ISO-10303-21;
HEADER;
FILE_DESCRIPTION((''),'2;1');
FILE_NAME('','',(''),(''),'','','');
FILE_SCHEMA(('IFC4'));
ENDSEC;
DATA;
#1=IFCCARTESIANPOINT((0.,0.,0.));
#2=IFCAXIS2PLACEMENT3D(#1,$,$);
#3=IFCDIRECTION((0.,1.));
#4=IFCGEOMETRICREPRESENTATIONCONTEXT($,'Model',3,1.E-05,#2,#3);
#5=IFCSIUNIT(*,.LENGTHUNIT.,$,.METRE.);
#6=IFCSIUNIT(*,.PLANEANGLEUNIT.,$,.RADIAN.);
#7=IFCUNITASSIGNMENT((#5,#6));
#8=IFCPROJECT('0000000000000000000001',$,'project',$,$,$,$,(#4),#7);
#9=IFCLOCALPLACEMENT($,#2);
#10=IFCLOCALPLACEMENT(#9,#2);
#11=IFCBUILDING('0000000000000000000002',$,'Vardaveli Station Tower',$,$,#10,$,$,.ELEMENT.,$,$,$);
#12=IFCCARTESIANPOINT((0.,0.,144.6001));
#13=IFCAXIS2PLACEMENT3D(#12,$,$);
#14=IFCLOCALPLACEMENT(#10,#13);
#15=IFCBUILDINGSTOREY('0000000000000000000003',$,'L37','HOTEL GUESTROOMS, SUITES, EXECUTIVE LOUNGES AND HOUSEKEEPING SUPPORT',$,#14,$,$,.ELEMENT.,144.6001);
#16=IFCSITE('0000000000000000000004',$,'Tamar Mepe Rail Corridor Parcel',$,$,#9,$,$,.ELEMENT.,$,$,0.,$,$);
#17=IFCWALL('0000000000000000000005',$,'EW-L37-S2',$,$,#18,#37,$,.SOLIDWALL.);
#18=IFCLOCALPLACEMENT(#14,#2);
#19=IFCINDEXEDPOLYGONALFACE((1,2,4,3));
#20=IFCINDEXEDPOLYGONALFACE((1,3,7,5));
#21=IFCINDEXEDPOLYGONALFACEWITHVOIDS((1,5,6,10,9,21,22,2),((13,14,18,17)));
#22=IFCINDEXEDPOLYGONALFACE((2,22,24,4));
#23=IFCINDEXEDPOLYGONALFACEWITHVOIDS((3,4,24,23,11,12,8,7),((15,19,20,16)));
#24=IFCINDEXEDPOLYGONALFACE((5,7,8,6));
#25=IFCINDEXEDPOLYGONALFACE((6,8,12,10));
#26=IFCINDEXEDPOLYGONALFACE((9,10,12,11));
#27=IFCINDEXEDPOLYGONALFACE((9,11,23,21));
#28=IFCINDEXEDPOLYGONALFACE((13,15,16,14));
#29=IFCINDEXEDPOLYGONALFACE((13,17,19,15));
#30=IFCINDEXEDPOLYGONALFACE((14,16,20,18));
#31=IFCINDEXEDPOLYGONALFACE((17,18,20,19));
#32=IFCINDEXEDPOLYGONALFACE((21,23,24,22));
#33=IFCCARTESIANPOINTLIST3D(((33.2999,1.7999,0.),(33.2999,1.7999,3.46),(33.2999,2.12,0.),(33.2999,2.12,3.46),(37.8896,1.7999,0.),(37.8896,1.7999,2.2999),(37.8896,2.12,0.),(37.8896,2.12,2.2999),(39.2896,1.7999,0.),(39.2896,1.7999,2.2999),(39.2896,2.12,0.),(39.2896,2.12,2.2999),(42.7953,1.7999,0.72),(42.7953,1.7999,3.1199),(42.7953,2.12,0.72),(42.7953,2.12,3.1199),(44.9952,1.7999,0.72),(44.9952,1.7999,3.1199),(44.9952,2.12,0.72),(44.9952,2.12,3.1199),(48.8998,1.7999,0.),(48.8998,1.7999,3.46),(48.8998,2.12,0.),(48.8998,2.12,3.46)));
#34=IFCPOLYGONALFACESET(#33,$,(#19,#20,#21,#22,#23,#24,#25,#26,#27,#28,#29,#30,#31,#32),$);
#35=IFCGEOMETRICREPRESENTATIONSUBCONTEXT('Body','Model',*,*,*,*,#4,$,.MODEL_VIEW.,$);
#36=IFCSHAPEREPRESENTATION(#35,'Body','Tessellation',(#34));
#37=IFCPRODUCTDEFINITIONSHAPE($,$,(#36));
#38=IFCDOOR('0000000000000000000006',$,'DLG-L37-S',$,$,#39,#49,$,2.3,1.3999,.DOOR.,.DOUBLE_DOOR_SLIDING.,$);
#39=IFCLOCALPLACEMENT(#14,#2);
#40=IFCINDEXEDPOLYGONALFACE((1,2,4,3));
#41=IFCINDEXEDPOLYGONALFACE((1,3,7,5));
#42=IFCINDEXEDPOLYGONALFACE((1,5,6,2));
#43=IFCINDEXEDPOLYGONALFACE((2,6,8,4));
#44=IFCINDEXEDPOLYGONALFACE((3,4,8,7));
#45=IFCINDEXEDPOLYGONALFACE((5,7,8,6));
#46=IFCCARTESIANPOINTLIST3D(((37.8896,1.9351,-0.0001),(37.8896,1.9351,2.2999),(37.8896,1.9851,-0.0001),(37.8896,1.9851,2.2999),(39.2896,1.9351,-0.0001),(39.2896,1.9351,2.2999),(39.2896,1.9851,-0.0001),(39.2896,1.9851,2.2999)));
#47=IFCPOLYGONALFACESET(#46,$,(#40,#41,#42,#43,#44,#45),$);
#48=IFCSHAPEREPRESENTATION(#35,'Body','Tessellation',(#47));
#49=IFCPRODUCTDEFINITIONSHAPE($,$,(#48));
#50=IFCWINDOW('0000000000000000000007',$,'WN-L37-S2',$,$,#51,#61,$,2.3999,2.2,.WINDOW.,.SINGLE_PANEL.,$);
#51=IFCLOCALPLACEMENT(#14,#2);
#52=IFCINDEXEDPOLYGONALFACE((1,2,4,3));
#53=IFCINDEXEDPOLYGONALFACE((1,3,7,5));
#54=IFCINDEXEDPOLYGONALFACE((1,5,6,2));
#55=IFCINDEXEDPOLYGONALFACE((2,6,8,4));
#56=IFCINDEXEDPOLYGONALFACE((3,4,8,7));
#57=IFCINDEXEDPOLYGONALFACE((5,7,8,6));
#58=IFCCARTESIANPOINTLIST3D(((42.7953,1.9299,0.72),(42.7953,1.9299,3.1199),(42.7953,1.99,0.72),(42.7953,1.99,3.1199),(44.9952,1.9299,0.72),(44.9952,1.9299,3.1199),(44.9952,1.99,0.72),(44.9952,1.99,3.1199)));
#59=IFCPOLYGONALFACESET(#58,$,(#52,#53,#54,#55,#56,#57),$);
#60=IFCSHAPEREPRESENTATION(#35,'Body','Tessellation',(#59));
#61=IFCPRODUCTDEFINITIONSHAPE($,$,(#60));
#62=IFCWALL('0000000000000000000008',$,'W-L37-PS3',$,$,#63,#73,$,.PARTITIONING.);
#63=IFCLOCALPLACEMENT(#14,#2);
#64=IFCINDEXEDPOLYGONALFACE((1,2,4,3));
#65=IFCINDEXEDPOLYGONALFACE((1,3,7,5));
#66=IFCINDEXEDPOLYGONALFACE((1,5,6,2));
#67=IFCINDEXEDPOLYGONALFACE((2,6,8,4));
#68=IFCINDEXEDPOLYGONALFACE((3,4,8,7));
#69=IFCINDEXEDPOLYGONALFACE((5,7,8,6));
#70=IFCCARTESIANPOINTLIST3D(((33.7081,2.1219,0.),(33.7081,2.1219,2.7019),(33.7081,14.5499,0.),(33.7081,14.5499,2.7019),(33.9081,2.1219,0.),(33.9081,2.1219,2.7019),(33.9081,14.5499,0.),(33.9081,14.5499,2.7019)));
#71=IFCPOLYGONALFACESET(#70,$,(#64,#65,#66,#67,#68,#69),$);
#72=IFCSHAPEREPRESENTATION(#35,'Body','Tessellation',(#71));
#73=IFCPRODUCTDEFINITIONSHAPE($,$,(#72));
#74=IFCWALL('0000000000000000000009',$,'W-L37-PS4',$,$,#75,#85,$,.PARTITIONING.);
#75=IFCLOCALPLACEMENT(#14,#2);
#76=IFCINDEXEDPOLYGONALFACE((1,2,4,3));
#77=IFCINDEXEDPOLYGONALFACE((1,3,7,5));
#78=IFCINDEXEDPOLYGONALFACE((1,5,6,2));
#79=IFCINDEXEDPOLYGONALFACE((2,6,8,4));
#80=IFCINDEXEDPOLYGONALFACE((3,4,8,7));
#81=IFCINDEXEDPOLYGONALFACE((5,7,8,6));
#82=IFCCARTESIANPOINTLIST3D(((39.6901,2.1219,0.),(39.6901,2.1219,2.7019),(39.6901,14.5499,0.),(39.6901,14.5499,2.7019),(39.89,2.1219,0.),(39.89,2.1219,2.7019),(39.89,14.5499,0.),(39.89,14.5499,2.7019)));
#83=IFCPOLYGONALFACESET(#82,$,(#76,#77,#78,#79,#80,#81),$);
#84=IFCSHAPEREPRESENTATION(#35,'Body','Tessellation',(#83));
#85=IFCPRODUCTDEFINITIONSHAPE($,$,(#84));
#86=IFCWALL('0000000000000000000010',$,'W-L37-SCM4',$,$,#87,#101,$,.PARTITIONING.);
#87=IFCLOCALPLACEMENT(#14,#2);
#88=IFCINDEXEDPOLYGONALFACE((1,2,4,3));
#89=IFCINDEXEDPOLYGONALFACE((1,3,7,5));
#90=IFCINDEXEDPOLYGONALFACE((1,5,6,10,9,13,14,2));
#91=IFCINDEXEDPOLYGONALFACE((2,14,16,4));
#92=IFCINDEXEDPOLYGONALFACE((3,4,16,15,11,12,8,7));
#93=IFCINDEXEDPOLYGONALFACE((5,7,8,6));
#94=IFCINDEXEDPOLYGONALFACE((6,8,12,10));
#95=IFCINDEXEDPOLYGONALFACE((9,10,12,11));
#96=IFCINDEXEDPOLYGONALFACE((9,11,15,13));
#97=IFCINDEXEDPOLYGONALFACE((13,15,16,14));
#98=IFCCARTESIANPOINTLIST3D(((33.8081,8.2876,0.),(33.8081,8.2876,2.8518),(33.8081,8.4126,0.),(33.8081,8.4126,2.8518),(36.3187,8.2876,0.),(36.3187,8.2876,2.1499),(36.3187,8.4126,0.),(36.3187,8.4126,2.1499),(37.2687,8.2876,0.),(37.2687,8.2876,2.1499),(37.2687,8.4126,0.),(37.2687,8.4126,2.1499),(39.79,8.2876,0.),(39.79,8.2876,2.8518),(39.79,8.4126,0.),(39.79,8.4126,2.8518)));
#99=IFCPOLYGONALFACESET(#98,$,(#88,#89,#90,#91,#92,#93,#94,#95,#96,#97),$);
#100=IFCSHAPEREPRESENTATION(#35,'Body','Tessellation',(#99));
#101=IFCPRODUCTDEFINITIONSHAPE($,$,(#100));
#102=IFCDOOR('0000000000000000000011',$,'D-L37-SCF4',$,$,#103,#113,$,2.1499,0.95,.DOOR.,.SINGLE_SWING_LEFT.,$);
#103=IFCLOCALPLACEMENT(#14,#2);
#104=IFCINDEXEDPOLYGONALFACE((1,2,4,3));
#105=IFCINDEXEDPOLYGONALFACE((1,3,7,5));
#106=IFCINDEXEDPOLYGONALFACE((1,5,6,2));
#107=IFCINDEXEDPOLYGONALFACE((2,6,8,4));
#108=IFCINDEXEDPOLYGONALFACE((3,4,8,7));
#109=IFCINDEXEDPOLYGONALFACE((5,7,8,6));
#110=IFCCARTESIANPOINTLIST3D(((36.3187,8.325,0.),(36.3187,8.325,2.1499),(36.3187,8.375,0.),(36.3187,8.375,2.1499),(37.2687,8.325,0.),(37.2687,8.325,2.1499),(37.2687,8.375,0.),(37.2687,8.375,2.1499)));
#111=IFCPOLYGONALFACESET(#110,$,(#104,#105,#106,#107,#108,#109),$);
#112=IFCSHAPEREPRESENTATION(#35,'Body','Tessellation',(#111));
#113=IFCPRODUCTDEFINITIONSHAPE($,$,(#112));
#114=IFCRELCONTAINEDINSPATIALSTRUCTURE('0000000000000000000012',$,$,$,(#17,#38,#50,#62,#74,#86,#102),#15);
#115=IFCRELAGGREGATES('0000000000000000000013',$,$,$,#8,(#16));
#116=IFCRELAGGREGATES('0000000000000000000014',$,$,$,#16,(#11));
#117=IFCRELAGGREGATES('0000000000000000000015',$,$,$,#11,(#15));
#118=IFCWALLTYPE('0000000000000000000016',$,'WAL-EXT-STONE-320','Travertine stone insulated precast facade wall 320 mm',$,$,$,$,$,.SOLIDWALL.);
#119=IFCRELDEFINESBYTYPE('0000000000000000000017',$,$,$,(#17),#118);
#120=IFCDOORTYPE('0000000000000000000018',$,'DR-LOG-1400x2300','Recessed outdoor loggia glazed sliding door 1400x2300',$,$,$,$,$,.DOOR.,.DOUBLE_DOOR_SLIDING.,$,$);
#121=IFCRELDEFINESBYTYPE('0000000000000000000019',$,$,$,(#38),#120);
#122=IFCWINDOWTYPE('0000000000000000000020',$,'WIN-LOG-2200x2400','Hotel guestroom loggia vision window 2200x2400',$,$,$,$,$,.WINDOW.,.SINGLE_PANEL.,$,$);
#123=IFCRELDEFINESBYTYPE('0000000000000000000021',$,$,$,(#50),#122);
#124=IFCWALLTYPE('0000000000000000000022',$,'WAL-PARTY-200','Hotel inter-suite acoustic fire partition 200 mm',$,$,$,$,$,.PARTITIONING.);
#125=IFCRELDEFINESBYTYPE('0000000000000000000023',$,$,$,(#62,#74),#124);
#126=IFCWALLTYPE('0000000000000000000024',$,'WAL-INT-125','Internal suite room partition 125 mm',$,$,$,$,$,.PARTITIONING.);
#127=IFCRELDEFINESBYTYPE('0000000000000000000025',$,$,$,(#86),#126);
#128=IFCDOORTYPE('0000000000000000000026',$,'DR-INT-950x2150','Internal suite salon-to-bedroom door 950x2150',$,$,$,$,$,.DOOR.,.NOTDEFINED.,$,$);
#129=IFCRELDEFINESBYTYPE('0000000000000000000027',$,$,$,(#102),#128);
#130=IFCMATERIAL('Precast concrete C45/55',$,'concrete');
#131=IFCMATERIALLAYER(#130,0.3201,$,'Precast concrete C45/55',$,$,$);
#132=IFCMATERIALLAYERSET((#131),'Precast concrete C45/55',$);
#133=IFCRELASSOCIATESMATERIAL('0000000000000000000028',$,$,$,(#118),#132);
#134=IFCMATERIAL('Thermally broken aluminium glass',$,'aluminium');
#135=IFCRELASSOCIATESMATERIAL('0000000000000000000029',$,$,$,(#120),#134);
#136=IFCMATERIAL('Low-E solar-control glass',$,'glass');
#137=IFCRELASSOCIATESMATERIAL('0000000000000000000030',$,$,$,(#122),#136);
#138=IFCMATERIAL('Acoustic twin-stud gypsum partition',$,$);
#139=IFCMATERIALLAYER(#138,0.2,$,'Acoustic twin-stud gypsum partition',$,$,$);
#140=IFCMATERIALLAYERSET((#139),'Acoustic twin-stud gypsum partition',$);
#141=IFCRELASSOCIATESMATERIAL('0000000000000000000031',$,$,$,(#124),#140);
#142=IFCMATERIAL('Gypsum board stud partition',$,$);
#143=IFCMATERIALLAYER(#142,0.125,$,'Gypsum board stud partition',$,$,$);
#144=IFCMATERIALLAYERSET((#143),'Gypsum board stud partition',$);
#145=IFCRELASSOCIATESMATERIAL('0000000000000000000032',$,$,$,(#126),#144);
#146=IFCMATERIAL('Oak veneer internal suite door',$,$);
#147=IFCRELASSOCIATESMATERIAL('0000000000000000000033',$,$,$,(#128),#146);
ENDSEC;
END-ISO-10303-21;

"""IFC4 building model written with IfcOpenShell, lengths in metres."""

from ifc_helpers import new_model, si_unit, direction, frame, frame_2d, origin, place, context, subcontext, project, spatial, rectangle, extrude, source, transform, mapped, material, layer, layer_set, type_object, element, fill, save


model = new_model("IFC4")

# Units and contexts
model_context = context("Model", 3, precision=1e-05, world=origin(), true_north=direction((0.0, 1.0)))
body_context = subcontext(model_context, "Body", "Model", "MODEL_VIEW")
ifc_project = project(units=[si_unit("LENGTHUNIT", "METRE"), si_unit("PLANEANGLEUNIT", "RADIAN")], contexts=[model_context])

# Site, building, storey
site_placement = place(None, origin())
site = spatial("IfcSite", under=ifc_project, at=site_placement, Name="Tamar Mepe Rail Corridor Parcel", CompositionType="ELEMENT", RefElevation=0.0)
building_placement = place(site_placement, origin())
building = spatial("IfcBuilding", under=site, at=building_placement, Name="Vardaveli Station Tower", CompositionType="ELEMENT")
storey_placement = place(building_placement, frame((0.0, 0.0, 144.6001)))
storey = spatial("IfcBuildingStorey", under=building, at=storey_placement, Name="L37", Description="HOTEL GUESTROOMS, SUITES, EXECUTIVE LOUNGES AND HOUSEKEEPING SUPPORT", CompositionType="ELEMENT", Elevation=144.6001)

# Shared definitions
ifc_material_1 = material(Name="Precast concrete C45/55", Category="concrete")

# Wall, openings, door, window
ifc_layer_1 = layer(ifc_material_1, 0.3201, Name="Precast concrete C45/55")
ifc_layer_set_1 = layer_set([ifc_layer_1], Name="Precast concrete C45/55")
wall_type_1 = type_object("IfcWallType", Name="WAL-EXT-STONE-320", Description="Travertine stone insulated precast facade wall 320 mm", PredefinedType="SOLIDWALL", material=ifc_layer_set_1)
shared_shape_1 = source(origin(), body_context, "Body", "SweptSolid", [
    extrude(rectangle(XDim=15.5999, YDim=0.3201, at=frame_2d((7.7998, 0.0))), origin(), (0.0, 0.0, 1.0), 3.46),
])
wall_1_placement = place(storey_placement, frame((33.3, 1.96, 0.0), z_axis=(0.0, 0.0, 1.0), x_axis=(1.0, 0.0, 0.0)))
wall_1 = element("IfcWall", 1, at=wall_1_placement, inside=storey, type_object=wall_type_1, Name="EW-L37-S2", PredefinedType="SOLIDWALL", context=body_context, shape_type="MappedRepresentation", body=[
    mapped(shared_shape_1, transform((0.0, 0.0, 0.0), scale=1.0)),
])
shared_shape_2 = source(origin(), body_context, "Body", "SweptSolid", [
    extrude(rectangle(XDim=1.3999, YDim=2.3, at=frame_2d((0.7, 1.1499))), frame((0.0, 0.1699, 0.0), z_axis=(0.0, -1.0, 0.0), x_axis=(1.0, 0.0, 0.0)), (0.0, 0.0, 1.0), 0.3401),
])
opening_1_placement = place(wall_1_placement, frame((4.5896, 0.0, 0.0)))
opening_1 = element("IfcOpeningElement", 2, at=opening_1_placement, cuts=wall_1, PredefinedType="OPENING", context=body_context, shape_type="MappedRepresentation", body=[
    mapped(shared_shape_2, transform((0.0, 0.0, 0.0), scale=1.0)),
])
shared_shape_3 = source(origin(), body_context, "Body", "SweptSolid", [
    extrude(rectangle(XDim=2.2, YDim=2.3999, at=frame_2d((1.1001, 1.2))), frame((0.0, 0.1699, 0.0), z_axis=(0.0, -1.0, 0.0), x_axis=(1.0, 0.0, 0.0)), (0.0, 0.0, 1.0), 0.3401),
])
opening_2_placement = place(wall_1_placement, frame((9.4951, 0.0, 0.72)))
opening_2 = element("IfcOpeningElement", 3, at=opening_2_placement, cuts=wall_1, PredefinedType="OPENING", context=body_context, shape_type="MappedRepresentation", body=[
    mapped(shared_shape_3, transform((0.0, 0.0, 0.0), scale=1.0)),
])
ifc_material_2 = material(Name="Thermally broken aluminium glass", Category="aluminium")
door_type_1 = type_object("IfcDoorType", Name="DR-LOG-1400x2300", Description="Recessed outdoor loggia glazed sliding door 1400x2300", OperationType="DOUBLE_DOOR_SLIDING", PredefinedType="DOOR", material=ifc_material_2)
shared_shape_4 = source(origin(), body_context, "Body", "SweptSolid", [
    extrude(rectangle(XDim=1.3999, YDim=2.3, at=frame_2d((0.7, 1.1499))), frame((0.0, 0.0249, 0.0), z_axis=(0.0, -1.0, 0.0), x_axis=(1.0, 0.0, 0.0)), (0.0, 0.0, 1.0), 0.05),
])
door_1_placement = place(opening_1_placement, frame((1.3999, 0.0, 0.0), z_axis=(0.0, 0.0, 1.0), x_axis=(-1.0, 0.0, 0.0)))
door_1 = element("IfcDoor", 4, at=door_1_placement, inside=storey, type_object=door_type_1, Name="DLG-L37-S", OperationType="DOUBLE_DOOR_SLIDING", OverallHeight=2.3, OverallWidth=1.3999, PredefinedType="DOOR", context=body_context, shape_type="MappedRepresentation", body=[
    mapped(shared_shape_4, transform((0.0, 0.0, 0.0), scale=1.0)),
])
fill(opening_1, door_1)
ifc_material_3 = material(Name="Low-E solar-control glass", Category="glass")
window_type = type_object("IfcWindowType", Name="WIN-LOG-2200x2400", Description="Hotel guestroom loggia vision window 2200x2400", PartitioningType="SINGLE_PANEL", PredefinedType="WINDOW", material=ifc_material_3)
shared_shape_5 = source(origin(), body_context, "Body", "SweptSolid", [
    extrude(rectangle(XDim=2.2, YDim=2.3999, at=frame_2d((1.1001, 1.2))), frame((0.0, 0.03, 0.0), z_axis=(0.0, -1.0, 0.0), x_axis=(1.0, 0.0, 0.0)), (0.0, 0.0, 1.0), 0.0601),
])
window_placement = place(opening_2_placement, origin())
window = element("IfcWindow", 5, at=window_placement, inside=storey, type_object=window_type, Name="WN-L37-S2", OverallHeight=2.3999, OverallWidth=2.2, PartitioningType="SINGLE_PANEL", PredefinedType="WINDOW", context=body_context, shape_type="MappedRepresentation", body=[
    mapped(shared_shape_5, transform((0.0, 0.0, 0.0), scale=1.0)),
])
fill(opening_2, window)

# Walls
ifc_material_4 = material(Name="Acoustic twin-stud gypsum partition")
ifc_layer_2 = layer(ifc_material_4, 0.2, Name="Acoustic twin-stud gypsum partition")
ifc_layer_set_2 = layer_set([ifc_layer_2], Name="Acoustic twin-stud gypsum partition")
wall_type_2 = type_object("IfcWallType", Name="WAL-PARTY-200", Description="Hotel inter-suite acoustic fire partition 200 mm", PredefinedType="PARTITIONING", material=ifc_layer_set_2)
shared_shape_6 = source(origin(), body_context, "Body", "SweptSolid", [
    extrude(rectangle(XDim=12.428, YDim=0.2, at=frame_2d((6.2139, 0.0))), origin(), (0.0, 0.0, 1.0), 2.7019),
])
for number, where, z_axis, x_axis, name in (
    (6, (33.8081, 2.1221, 0.0), (0.0, 0.0, 1.0), (0.0, 1.0, 0.0), "W-L37-PS3"),
    (7, (39.79, 2.1221, 0.0), (0.0, 0.0, 1.0), (0.0, 1.0, 0.0), "W-L37-PS4"),
):
    element("IfcWall", number, at=place(storey_placement, frame(where, z_axis=z_axis, x_axis=x_axis)), inside=storey, type_object=wall_type_2, Name=name, PredefinedType="PARTITIONING", context=body_context, shape_type="MappedRepresentation", body=[
        mapped(shared_shape_6, transform((0.0, 0.0, 0.0), scale=1.0)),
    ])

# Wall, opening, door
ifc_material_5 = material(Name="Gypsum board stud partition")
ifc_layer_3 = layer(ifc_material_5, 0.125, Name="Gypsum board stud partition")
ifc_layer_set_3 = layer_set([ifc_layer_3], Name="Gypsum board stud partition")
wall_type_3 = type_object("IfcWallType", Name="WAL-INT-125", Description="Internal suite room partition 125 mm", PredefinedType="PARTITIONING", material=ifc_layer_set_3)
shared_shape_7 = source(origin(), body_context, "Body", "SweptSolid", [
    extrude(rectangle(XDim=5.9819, YDim=0.125, at=frame_2d((2.991, 0.0))), origin(), (0.0, 0.0, 1.0), 2.8518),
])
wall_2_placement = place(storey_placement, frame((33.8081, 8.3501, 0.0), z_axis=(0.0, 0.0, 1.0), x_axis=(1.0, 0.0, 0.0)))
wall_2 = element("IfcWall", 8, at=wall_2_placement, inside=storey, type_object=wall_type_3, Name="W-L37-SCM4", PredefinedType="PARTITIONING", context=body_context, shape_type="MappedRepresentation", body=[
    mapped(shared_shape_7, transform((0.0, 0.0, 0.0), scale=1.0)),
])
shared_shape_8 = source(origin(), body_context, "Body", "SweptSolid", [
    extrude(rectangle(XDim=0.95, YDim=2.1499, at=frame_2d((0.4751, 1.075))), frame((0.0, 0.0725, 0.0), z_axis=(0.0, -1.0, 0.0), x_axis=(1.0, 0.0, 0.0)), (0.0, 0.0, 1.0), 0.145),
])
opening_3_placement = place(wall_2_placement, frame((2.5105, 0.0, 0.0)))
opening_3 = element("IfcOpeningElement", 9, at=opening_3_placement, cuts=wall_2, PredefinedType="OPENING", context=body_context, shape_type="MappedRepresentation", body=[
    mapped(shared_shape_8, transform((0.0, 0.0, 0.0), scale=1.0)),
])
ifc_material_6 = material(Name="Oak veneer internal suite door")
door_type_2 = type_object("IfcDoorType", Name="DR-INT-950x2150", Description="Internal suite salon-to-bedroom door 950x2150", OperationType="NOTDEFINED", PredefinedType="DOOR", material=ifc_material_6)
shared_shape_9 = source(origin(), body_context, "Body", "SweptSolid", [
    extrude(rectangle(XDim=0.95, YDim=2.1499, at=frame_2d((0.4751, 1.075))), frame((0.0, 0.0249, 0.0), z_axis=(0.0, -1.0, 0.0), x_axis=(1.0, 0.0, 0.0)), (0.0, 0.0, 1.0), 0.05),
])
door_2_placement = place(opening_3_placement, origin())
door_2 = element("IfcDoor", 10, at=door_2_placement, inside=storey, type_object=door_type_2, Name="D-L37-SCF4", OperationType="SINGLE_SWING_LEFT", OverallHeight=2.1499, OverallWidth=0.95, PredefinedType="DOOR", context=body_context, shape_type="MappedRepresentation", body=[
    mapped(shared_shape_9, transform((0.0, 0.0, 0.0), scale=1.0)),
])
fill(opening_3, door_2)

save(model, "model.ifc")
